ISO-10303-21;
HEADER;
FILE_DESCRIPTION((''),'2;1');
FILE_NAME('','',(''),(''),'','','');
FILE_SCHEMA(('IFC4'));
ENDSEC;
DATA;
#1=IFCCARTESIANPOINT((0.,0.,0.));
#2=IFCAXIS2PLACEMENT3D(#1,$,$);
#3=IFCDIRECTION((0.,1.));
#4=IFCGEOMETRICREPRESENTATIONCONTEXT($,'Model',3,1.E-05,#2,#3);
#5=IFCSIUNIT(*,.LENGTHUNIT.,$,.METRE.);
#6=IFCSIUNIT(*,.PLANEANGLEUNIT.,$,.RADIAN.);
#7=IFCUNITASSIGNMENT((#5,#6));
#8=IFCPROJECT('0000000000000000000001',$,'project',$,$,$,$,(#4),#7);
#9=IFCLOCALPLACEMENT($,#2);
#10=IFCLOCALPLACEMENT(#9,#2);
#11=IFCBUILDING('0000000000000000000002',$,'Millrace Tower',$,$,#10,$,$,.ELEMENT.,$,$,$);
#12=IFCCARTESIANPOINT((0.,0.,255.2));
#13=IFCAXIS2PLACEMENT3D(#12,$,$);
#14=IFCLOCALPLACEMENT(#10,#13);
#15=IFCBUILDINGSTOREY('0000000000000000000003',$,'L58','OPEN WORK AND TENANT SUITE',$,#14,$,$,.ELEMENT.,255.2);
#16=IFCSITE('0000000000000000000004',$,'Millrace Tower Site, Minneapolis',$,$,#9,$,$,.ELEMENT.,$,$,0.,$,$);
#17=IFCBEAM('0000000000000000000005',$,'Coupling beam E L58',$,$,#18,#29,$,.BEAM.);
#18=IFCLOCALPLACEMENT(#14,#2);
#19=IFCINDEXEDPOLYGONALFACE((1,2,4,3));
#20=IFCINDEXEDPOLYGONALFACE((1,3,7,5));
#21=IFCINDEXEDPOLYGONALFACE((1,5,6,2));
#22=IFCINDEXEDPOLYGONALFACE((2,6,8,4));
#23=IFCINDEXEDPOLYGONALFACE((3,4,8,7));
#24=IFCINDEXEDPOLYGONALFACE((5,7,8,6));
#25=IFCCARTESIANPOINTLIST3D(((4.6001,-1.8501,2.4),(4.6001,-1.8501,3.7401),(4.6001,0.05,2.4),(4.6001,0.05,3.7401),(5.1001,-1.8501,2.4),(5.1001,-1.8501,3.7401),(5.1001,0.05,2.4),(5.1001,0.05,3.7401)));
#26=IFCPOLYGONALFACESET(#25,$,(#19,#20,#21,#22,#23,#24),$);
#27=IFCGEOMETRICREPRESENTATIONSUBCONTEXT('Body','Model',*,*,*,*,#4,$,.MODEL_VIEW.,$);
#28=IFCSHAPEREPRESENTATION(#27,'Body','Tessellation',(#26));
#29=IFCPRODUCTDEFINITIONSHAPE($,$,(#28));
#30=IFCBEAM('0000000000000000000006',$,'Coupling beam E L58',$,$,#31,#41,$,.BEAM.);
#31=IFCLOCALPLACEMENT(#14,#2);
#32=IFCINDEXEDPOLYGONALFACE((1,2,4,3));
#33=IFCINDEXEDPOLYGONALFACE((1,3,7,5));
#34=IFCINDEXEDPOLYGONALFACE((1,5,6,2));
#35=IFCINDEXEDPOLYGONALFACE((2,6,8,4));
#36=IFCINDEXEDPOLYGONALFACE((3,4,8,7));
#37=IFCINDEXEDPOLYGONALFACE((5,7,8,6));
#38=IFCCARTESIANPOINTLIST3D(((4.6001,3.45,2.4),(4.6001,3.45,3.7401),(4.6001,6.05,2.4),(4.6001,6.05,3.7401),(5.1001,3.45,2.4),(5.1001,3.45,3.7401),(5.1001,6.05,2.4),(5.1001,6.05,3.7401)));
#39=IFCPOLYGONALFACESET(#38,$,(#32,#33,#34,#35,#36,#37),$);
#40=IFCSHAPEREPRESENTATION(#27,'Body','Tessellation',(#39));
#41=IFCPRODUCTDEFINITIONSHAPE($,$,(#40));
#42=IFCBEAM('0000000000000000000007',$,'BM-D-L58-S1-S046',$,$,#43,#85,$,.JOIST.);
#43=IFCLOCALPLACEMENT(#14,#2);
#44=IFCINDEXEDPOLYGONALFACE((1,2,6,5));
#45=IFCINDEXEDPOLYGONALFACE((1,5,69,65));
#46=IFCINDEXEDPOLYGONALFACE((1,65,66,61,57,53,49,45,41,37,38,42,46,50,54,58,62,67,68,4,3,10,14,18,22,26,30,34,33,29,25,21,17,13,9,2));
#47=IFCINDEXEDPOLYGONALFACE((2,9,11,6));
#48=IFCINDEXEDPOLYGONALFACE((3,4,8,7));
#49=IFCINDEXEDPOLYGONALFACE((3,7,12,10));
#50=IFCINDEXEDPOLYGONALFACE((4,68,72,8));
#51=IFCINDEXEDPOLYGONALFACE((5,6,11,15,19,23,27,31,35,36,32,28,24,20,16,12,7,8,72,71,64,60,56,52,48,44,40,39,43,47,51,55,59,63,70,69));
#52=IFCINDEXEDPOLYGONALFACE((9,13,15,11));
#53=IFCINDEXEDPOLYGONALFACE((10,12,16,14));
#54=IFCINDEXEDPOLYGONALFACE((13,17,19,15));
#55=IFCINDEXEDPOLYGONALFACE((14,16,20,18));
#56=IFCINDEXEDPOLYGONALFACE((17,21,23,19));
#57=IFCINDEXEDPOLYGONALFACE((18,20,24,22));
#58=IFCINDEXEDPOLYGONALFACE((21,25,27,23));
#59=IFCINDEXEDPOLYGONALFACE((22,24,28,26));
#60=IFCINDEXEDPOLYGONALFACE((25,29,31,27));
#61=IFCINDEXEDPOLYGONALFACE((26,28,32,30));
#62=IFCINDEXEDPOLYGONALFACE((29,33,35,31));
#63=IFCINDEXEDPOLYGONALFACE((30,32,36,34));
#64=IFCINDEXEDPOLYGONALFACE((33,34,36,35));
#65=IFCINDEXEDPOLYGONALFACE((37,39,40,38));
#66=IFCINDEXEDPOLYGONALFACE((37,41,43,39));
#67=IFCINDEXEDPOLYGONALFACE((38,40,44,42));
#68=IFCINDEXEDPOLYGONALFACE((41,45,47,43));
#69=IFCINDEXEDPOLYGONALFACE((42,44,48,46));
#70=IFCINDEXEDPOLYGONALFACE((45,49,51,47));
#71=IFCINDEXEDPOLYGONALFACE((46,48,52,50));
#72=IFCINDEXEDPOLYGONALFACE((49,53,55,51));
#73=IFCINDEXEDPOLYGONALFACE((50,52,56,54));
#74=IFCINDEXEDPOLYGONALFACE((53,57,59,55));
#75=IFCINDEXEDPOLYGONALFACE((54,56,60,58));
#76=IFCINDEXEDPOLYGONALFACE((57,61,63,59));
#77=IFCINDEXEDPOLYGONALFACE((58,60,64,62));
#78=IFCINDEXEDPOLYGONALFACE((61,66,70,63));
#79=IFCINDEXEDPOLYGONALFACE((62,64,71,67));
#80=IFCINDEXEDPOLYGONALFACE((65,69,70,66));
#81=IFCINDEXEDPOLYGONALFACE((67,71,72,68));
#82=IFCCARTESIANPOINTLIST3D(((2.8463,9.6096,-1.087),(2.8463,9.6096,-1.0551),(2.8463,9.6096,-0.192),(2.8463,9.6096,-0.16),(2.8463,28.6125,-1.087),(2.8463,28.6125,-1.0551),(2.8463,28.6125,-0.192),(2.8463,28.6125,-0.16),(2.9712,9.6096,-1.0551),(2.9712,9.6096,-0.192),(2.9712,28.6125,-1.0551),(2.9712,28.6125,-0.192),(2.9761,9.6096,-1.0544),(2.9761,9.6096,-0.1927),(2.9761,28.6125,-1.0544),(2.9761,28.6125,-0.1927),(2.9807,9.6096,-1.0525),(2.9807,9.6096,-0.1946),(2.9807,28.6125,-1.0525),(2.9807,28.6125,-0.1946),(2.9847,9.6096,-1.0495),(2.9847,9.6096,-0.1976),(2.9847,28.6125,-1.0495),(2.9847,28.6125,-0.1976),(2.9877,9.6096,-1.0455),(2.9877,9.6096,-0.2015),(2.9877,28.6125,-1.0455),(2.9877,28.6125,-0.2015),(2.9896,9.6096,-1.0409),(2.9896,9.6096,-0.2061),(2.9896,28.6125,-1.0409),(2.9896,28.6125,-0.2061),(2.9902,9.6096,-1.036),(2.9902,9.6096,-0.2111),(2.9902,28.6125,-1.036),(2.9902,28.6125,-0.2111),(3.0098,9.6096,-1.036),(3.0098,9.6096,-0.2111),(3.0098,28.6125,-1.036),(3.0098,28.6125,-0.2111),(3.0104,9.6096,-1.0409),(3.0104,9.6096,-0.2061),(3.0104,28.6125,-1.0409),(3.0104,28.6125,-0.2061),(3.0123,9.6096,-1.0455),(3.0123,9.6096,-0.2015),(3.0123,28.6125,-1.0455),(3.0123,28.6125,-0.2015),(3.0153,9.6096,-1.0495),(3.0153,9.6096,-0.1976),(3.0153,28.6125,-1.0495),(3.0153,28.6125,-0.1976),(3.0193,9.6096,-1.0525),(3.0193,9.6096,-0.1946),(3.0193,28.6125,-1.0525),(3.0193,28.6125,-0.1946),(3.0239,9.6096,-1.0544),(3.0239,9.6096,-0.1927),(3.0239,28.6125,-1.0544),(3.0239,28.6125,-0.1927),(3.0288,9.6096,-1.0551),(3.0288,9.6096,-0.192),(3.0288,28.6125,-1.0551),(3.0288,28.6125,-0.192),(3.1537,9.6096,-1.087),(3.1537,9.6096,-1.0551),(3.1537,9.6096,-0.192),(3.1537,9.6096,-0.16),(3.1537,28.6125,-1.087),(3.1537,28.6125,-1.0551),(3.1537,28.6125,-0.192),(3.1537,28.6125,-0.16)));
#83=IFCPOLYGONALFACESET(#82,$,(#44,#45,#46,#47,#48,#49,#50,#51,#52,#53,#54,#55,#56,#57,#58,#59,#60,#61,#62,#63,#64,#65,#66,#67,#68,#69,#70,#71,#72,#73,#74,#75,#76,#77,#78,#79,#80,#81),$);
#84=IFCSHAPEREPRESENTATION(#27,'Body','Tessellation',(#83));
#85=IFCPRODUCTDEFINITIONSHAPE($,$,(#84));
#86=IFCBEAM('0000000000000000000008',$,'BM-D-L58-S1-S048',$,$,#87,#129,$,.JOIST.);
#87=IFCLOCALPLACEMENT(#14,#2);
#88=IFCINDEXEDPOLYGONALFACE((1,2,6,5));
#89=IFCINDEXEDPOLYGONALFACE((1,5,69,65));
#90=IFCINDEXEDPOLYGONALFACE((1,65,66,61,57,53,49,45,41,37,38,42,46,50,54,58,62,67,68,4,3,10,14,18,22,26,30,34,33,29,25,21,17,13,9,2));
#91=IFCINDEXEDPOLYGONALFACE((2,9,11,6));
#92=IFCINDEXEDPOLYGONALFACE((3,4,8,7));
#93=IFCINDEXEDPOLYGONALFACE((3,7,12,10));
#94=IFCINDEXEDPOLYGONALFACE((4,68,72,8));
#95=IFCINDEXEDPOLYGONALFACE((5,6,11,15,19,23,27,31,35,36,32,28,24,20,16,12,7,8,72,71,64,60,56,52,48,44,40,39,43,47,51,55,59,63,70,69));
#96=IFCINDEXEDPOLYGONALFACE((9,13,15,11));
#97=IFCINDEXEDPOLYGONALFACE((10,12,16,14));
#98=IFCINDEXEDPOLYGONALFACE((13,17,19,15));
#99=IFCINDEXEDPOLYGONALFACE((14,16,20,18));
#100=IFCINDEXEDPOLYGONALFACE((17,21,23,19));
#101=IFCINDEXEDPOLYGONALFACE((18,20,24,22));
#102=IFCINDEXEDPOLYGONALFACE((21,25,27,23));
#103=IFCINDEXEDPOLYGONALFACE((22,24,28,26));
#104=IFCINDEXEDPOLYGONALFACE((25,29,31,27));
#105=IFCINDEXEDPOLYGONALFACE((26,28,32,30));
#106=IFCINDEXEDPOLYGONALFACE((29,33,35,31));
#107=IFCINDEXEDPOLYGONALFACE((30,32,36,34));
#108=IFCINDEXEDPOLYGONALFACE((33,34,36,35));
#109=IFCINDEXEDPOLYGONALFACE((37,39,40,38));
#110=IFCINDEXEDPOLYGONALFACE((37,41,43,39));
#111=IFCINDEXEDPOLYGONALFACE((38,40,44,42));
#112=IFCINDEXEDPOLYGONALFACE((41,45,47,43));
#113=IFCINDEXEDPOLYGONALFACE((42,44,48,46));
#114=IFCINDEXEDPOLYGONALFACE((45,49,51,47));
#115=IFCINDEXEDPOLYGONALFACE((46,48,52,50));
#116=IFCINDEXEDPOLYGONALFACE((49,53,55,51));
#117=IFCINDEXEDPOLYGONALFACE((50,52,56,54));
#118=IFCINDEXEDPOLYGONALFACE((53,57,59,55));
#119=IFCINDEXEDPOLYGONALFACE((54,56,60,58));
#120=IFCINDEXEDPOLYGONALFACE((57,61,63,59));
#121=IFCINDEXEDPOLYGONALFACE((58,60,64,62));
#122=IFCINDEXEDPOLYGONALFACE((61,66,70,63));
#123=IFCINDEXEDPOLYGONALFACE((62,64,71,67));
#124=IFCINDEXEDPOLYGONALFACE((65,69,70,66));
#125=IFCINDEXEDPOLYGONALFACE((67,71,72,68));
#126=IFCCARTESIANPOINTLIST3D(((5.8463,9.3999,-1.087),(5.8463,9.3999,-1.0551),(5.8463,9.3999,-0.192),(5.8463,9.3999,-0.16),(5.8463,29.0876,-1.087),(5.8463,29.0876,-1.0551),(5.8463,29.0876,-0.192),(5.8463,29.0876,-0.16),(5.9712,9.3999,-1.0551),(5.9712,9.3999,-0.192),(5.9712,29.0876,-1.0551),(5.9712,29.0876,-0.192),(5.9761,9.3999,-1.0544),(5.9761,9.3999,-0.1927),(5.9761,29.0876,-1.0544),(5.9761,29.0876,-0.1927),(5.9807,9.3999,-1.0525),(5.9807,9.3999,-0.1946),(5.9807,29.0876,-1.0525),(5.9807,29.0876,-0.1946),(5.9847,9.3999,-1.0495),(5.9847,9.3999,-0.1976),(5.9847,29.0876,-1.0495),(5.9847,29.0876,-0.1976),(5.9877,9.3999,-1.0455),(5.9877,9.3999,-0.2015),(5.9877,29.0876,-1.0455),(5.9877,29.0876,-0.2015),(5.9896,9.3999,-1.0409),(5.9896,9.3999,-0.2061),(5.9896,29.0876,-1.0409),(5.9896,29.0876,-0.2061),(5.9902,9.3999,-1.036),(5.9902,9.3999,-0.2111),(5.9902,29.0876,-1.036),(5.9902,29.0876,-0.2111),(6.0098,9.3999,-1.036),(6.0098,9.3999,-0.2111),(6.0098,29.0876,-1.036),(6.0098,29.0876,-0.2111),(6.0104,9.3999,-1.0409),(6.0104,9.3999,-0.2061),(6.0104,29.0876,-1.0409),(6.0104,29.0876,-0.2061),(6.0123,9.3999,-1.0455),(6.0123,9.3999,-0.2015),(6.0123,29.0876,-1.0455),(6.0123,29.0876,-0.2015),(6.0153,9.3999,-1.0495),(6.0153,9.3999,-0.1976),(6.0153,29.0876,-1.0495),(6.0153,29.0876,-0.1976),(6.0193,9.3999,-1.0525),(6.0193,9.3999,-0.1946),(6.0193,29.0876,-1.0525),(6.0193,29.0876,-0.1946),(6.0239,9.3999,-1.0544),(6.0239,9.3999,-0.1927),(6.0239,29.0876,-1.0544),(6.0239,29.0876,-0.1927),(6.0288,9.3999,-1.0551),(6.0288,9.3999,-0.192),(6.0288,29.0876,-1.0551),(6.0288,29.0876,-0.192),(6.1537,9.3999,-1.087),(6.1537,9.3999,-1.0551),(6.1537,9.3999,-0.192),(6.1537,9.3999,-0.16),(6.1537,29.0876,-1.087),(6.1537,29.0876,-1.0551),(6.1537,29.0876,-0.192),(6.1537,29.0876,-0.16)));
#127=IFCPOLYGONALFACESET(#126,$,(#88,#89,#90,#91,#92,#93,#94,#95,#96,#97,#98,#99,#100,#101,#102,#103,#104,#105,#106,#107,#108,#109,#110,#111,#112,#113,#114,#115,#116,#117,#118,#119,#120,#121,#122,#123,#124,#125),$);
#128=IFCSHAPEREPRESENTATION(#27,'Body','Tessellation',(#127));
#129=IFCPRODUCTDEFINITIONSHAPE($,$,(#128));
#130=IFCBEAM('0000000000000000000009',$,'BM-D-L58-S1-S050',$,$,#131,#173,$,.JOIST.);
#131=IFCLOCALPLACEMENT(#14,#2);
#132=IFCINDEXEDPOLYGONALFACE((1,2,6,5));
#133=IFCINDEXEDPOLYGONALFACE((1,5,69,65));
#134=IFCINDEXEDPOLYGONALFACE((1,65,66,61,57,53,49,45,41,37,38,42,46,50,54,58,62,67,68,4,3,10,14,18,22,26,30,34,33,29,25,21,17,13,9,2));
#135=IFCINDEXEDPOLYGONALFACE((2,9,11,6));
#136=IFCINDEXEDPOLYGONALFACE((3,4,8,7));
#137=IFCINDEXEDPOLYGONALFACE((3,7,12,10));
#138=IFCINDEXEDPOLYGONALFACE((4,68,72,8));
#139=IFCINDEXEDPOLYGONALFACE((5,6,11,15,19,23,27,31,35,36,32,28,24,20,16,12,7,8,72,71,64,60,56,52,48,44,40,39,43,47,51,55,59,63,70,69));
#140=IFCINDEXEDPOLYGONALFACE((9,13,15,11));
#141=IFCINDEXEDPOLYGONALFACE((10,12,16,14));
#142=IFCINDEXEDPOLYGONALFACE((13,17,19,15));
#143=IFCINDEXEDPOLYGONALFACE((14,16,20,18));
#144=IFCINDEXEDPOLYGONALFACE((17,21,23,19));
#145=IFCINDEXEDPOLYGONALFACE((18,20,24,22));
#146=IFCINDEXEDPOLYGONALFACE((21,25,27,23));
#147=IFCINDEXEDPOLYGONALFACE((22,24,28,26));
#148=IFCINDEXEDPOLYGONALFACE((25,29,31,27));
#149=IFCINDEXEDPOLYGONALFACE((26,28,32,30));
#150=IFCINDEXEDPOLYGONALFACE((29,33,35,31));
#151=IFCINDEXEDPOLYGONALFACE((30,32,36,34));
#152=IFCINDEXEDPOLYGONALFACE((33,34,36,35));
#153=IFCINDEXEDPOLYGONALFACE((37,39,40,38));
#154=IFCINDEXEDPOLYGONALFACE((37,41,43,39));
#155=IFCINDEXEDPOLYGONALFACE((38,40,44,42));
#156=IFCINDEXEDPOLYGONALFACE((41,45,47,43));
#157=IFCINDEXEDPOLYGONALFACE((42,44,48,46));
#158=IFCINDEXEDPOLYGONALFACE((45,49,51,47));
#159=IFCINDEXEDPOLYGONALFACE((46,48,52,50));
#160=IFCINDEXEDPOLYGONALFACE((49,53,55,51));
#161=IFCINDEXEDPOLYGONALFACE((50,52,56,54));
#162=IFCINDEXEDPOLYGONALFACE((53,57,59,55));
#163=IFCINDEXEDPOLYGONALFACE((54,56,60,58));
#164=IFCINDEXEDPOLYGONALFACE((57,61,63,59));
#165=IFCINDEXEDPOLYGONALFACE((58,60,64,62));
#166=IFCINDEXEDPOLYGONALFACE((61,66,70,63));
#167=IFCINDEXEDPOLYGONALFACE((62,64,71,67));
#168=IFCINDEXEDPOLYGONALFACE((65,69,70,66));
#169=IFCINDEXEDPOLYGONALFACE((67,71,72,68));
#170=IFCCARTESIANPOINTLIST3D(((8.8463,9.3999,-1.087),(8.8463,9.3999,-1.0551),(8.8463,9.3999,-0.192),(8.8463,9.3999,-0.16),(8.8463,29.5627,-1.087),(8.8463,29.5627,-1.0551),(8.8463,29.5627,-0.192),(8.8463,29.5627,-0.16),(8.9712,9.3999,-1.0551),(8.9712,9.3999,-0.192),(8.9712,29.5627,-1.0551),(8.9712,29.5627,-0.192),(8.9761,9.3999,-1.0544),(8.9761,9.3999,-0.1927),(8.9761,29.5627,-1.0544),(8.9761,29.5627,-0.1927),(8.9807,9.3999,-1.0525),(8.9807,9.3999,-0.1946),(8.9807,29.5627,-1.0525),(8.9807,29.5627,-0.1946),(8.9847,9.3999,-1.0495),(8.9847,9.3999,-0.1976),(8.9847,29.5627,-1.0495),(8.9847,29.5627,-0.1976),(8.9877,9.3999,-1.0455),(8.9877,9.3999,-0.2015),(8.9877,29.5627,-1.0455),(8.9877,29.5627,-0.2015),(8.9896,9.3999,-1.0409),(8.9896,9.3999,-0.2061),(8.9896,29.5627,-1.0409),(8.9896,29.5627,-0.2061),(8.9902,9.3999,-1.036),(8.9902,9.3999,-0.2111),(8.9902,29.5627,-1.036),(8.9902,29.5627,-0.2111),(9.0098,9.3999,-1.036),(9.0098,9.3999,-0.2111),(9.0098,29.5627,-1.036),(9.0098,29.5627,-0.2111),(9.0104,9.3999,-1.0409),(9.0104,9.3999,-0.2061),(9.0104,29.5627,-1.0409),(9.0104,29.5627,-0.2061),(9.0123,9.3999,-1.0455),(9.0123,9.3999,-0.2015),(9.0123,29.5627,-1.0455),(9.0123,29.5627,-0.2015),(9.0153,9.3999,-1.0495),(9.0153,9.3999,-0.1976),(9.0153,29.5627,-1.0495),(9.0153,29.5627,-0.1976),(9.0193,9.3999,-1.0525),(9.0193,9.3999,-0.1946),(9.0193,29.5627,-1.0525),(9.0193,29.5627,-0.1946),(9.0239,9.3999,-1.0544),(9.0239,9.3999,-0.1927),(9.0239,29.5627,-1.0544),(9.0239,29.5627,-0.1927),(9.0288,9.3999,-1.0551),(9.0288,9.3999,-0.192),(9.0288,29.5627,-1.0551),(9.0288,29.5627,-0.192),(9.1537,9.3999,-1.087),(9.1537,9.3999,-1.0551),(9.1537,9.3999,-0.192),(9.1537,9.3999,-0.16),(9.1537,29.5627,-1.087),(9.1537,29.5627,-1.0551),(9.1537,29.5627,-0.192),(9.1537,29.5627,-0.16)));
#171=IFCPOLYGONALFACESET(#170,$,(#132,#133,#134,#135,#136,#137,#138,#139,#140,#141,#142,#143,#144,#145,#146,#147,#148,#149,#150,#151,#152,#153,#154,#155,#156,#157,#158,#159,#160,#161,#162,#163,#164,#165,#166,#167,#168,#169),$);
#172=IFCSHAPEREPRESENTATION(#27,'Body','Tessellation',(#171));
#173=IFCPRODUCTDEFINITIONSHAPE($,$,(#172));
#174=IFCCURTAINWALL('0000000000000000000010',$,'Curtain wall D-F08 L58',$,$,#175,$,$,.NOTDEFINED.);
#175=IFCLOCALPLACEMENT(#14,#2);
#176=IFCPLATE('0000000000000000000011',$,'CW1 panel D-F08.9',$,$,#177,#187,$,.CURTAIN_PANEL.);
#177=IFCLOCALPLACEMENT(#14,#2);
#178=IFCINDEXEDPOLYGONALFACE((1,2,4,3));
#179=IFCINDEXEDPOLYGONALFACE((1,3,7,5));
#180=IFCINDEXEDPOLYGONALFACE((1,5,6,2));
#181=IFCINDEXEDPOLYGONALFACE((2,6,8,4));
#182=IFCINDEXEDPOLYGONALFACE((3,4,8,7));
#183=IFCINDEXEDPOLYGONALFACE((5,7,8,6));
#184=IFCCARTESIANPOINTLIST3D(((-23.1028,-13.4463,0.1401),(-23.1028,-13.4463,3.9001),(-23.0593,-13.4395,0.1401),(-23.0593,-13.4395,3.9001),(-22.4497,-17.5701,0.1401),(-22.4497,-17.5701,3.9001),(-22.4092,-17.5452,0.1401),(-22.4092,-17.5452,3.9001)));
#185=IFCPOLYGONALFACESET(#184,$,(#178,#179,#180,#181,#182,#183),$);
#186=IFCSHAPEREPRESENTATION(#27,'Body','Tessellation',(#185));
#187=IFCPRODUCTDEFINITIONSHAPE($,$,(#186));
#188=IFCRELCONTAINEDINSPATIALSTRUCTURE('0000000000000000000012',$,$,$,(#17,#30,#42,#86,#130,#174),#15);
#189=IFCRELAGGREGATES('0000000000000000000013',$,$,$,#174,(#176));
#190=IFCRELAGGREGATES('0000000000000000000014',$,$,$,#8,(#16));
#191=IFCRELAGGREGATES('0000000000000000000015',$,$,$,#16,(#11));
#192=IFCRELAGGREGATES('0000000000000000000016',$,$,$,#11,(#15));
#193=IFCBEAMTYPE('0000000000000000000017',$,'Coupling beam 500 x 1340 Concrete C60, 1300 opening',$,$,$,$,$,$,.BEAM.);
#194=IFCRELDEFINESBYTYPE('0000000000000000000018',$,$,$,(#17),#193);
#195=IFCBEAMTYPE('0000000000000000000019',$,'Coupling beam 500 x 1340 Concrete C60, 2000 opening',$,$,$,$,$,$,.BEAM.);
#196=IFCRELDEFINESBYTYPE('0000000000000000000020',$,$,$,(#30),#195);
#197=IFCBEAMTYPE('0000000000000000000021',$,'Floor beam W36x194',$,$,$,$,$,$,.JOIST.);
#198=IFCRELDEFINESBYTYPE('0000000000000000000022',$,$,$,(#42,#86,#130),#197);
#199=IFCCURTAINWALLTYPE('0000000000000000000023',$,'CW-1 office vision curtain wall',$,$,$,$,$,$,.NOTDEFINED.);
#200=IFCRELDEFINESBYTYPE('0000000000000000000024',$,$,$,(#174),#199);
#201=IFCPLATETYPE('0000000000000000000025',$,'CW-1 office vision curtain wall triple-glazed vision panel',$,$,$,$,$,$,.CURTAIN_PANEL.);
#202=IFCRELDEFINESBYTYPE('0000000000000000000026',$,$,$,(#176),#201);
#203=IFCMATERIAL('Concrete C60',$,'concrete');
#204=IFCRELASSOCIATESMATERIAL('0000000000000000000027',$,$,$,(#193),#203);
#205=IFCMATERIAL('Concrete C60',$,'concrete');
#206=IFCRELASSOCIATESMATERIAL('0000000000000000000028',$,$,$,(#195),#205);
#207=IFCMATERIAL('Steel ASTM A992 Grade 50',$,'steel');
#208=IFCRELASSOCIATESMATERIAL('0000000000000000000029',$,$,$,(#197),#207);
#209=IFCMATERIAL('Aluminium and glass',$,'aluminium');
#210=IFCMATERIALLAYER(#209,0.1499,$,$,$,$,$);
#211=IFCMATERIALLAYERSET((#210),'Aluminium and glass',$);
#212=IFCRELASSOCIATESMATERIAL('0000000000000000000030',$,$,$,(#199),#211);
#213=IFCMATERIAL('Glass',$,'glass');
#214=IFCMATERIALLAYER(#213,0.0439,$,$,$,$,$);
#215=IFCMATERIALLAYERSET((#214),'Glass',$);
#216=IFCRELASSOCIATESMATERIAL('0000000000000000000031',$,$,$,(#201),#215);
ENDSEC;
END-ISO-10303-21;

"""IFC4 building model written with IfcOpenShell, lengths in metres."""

from ifc_helpers import new_model, si_unit, direction, frame, origin, origin_2d, place, context, subcontext, project, spatial, polyline, rectangle, i_section, outline, extrude, material, layer, layer_set, material_profile, profile_set, type_object, element, aggregate, save


model = new_model("IFC4")

# Units and contexts
model_context = context("Model", 3, precision=1e-05, world=origin(), true_north=direction((0.0, 1.0)))
body_context = subcontext(model_context, "Body", "Model", "MODEL_VIEW")
ifc_project = project(units=[si_unit("LENGTHUNIT", "METRE"), si_unit("PLANEANGLEUNIT", "RADIAN")], contexts=[model_context])

# Site, building, storey
site_placement = place(None, origin())
site = spatial("IfcSite", under=ifc_project, at=site_placement, Name="Millrace Tower Site, Minneapolis", CompositionType="ELEMENT", RefElevation=0.0)
building_placement = place(site_placement, origin())
building = spatial("IfcBuilding", under=site, at=building_placement, Name="Millrace Tower", CompositionType="ELEMENT")
storey_placement = place(building_placement, frame((0.0, 0.0, 255.2)))
storey = spatial("IfcBuildingStorey", under=building, at=storey_placement, Name="L58", Description="OPEN WORK AND TENANT SUITE", CompositionType="ELEMENT", Elevation=255.2)

# Beams
ifc_material_1 = material(Name="Concrete C60", Category="concrete")
ifc_material_profile_1 = material_profile(ifc_material_1, rectangle(XDim=0.5, YDim=1.3401, at=origin_2d()))
ifc_profile_set_1 = profile_set([ifc_material_profile_1], Name="Concrete C60")
beam_type_1 = type_object("IfcBeamType", Name="Coupling beam 500 x 1340 Concrete C60, 1300 opening", PredefinedType="BEAM", material=ifc_profile_set_1)
beam_1_placement = place(storey_placement, frame((4.8501, 0.05, 3.0701), z_axis=(0.0, -1.0, 0.0), x_axis=(1.0, 0.0, 0.0)))
element("IfcBeam", 1, at=beam_1_placement, inside=storey, type_object=beam_type_1, Name="Coupling beam E L58", PredefinedType="BEAM", context=body_context, shape_type="SweptSolid", body=[
    extrude(rectangle(XDim=0.5, YDim=1.3401, at=origin_2d()), origin(), (0.0, 0.0, 1.0), 1.9001),
])
ifc_material_2 = material(Name="Concrete C60", Category="concrete")
ifc_material_profile_2 = material_profile(ifc_material_2, rectangle(XDim=0.5, YDim=1.3401, at=origin_2d()))
ifc_profile_set_2 = profile_set([ifc_material_profile_2], Name="Concrete C60")
beam_type_2 = type_object("IfcBeamType", Name="Coupling beam 500 x 1340 Concrete C60, 2000 opening", PredefinedType="BEAM", material=ifc_profile_set_2)
beam_2_placement = place(storey_placement, frame((4.8501, 6.05, 3.0701), z_axis=(0.0, -1.0, 0.0), x_axis=(1.0, 0.0, 0.0)))
element("IfcBeam", 2, at=beam_2_placement, inside=storey, type_object=beam_type_2, Name="Coupling beam E L58", PredefinedType="BEAM", context=body_context, shape_type="SweptSolid", body=[
    extrude(rectangle(XDim=0.5, YDim=1.3401, at=origin_2d()), origin(), (0.0, 0.0, 1.0), 2.6001),
])
ifc_material_3 = material(Name="Steel ASTM A992 Grade 50", Category="steel")
ifc_material_profile_3 = material_profile(ifc_material_3, i_section(OverallWidth=0.3074, OverallDepth=0.927, WebThickness=0.0195, FlangeThickness=0.032, FilletRadius=0.019, at=origin_2d()))
ifc_profile_set_3 = profile_set([ifc_material_profile_3], Name="Steel ASTM A992 Grade 50")
beam_type_3 = type_object("IfcBeamType", Name="Floor beam W36x194", PredefinedType="JOIST", material=ifc_profile_set_3)
beam_3_placement = place(storey_placement, frame((3.0, 9.6096, -0.6235), z_axis=(0.0, 1.0, 0.0), x_axis=(-1.0, 0.0, 0.0)))
element("IfcBeam", 3, at=beam_3_placement, inside=storey, type_object=beam_type_3, Name="BM-D-L58-S1-S046", PredefinedType="JOIST", context=body_context, shape_type="SweptSolid", body=[
    extrude(i_section(OverallWidth=0.3074, OverallDepth=0.927, WebThickness=0.0195, FlangeThickness=0.032, FilletRadius=0.019, at=origin_2d()), origin(), (0.0, 0.0, 1.0), 19.0029),
])
beam_4_placement = place(storey_placement, frame((6.0, 9.3999, -0.6235), z_axis=(0.0, 1.0, 0.0), x_axis=(-1.0, 0.0, 0.0)))
element("IfcBeam", 4, at=beam_4_placement, inside=storey, type_object=beam_type_3, Name="BM-D-L58-S1-S048", PredefinedType="JOIST", context=body_context, shape_type="SweptSolid", body=[
    extrude(i_section(OverallWidth=0.3074, OverallDepth=0.927, WebThickness=0.0195, FlangeThickness=0.032, FilletRadius=0.019, at=origin_2d()), origin(), (0.0, 0.0, 1.0), 19.6877),
])
beam_5_placement = place(storey_placement, frame((9.0, 9.3999, -0.6235), z_axis=(0.0, 1.0, 0.0), x_axis=(-1.0, 0.0, 0.0)))
element("IfcBeam", 5, at=beam_5_placement, inside=storey, type_object=beam_type_3, Name="BM-D-L58-S1-S050", PredefinedType="JOIST", context=body_context, shape_type="SweptSolid", body=[
    extrude(i_section(OverallWidth=0.3074, OverallDepth=0.927, WebThickness=0.0195, FlangeThickness=0.032, FilletRadius=0.019, at=origin_2d()), origin(), (0.0, 0.0, 1.0), 20.1628),
])

# Curtain wall, plate
ifc_material_4 = material(Name="Aluminium and glass", Category="aluminium")
ifc_layer_1 = layer(ifc_material_4, 0.1499)
ifc_layer_set_1 = layer_set([ifc_layer_1], Name="Aluminium and glass")
curtain_wall_type = type_object("IfcCurtainWallType", Name="CW-1 office vision curtain wall", PredefinedType="NOTDEFINED", material=ifc_layer_set_1)
placement_1 = place(storey_placement, origin())
curtain_wall = element("IfcCurtainWall", 6, at=placement_1, inside=storey, type_object=curtain_wall_type, Name="Curtain wall D-F08 L58", PredefinedType="NOTDEFINED")
ifc_material_5 = material(Name="Glass", Category="glass")
ifc_layer_2 = layer(ifc_material_5, 0.0439)
ifc_layer_set_2 = layer_set([ifc_layer_2], Name="Glass")
plate_type = type_object("IfcPlateType", Name="CW-1 office vision curtain wall triple-glazed vision panel", PredefinedType="CURTAIN_PANEL", material=ifc_layer_set_2)
plate_placement = place(storey_placement, frame((0.0, 0.0, 0.1401)))
plate = element("IfcPlate", 7, at=plate_placement, type_object=plate_type, Name="CW1 panel D-F08.9", PredefinedType="CURTAIN_PANEL", context=body_context, shape_type="SweptSolid", body=[
    extrude(outline(polyline([(-23.1028, -13.4463), (-22.4497, -17.5701), (-22.4092, -17.5452), (-23.0593, -13.4395), (-23.1028, -13.4463)])), origin(), (0.0, 0.0, 1.0), 3.76),
])
aggregate(curtain_wall, [plate])

save(model, "model.ifc")
